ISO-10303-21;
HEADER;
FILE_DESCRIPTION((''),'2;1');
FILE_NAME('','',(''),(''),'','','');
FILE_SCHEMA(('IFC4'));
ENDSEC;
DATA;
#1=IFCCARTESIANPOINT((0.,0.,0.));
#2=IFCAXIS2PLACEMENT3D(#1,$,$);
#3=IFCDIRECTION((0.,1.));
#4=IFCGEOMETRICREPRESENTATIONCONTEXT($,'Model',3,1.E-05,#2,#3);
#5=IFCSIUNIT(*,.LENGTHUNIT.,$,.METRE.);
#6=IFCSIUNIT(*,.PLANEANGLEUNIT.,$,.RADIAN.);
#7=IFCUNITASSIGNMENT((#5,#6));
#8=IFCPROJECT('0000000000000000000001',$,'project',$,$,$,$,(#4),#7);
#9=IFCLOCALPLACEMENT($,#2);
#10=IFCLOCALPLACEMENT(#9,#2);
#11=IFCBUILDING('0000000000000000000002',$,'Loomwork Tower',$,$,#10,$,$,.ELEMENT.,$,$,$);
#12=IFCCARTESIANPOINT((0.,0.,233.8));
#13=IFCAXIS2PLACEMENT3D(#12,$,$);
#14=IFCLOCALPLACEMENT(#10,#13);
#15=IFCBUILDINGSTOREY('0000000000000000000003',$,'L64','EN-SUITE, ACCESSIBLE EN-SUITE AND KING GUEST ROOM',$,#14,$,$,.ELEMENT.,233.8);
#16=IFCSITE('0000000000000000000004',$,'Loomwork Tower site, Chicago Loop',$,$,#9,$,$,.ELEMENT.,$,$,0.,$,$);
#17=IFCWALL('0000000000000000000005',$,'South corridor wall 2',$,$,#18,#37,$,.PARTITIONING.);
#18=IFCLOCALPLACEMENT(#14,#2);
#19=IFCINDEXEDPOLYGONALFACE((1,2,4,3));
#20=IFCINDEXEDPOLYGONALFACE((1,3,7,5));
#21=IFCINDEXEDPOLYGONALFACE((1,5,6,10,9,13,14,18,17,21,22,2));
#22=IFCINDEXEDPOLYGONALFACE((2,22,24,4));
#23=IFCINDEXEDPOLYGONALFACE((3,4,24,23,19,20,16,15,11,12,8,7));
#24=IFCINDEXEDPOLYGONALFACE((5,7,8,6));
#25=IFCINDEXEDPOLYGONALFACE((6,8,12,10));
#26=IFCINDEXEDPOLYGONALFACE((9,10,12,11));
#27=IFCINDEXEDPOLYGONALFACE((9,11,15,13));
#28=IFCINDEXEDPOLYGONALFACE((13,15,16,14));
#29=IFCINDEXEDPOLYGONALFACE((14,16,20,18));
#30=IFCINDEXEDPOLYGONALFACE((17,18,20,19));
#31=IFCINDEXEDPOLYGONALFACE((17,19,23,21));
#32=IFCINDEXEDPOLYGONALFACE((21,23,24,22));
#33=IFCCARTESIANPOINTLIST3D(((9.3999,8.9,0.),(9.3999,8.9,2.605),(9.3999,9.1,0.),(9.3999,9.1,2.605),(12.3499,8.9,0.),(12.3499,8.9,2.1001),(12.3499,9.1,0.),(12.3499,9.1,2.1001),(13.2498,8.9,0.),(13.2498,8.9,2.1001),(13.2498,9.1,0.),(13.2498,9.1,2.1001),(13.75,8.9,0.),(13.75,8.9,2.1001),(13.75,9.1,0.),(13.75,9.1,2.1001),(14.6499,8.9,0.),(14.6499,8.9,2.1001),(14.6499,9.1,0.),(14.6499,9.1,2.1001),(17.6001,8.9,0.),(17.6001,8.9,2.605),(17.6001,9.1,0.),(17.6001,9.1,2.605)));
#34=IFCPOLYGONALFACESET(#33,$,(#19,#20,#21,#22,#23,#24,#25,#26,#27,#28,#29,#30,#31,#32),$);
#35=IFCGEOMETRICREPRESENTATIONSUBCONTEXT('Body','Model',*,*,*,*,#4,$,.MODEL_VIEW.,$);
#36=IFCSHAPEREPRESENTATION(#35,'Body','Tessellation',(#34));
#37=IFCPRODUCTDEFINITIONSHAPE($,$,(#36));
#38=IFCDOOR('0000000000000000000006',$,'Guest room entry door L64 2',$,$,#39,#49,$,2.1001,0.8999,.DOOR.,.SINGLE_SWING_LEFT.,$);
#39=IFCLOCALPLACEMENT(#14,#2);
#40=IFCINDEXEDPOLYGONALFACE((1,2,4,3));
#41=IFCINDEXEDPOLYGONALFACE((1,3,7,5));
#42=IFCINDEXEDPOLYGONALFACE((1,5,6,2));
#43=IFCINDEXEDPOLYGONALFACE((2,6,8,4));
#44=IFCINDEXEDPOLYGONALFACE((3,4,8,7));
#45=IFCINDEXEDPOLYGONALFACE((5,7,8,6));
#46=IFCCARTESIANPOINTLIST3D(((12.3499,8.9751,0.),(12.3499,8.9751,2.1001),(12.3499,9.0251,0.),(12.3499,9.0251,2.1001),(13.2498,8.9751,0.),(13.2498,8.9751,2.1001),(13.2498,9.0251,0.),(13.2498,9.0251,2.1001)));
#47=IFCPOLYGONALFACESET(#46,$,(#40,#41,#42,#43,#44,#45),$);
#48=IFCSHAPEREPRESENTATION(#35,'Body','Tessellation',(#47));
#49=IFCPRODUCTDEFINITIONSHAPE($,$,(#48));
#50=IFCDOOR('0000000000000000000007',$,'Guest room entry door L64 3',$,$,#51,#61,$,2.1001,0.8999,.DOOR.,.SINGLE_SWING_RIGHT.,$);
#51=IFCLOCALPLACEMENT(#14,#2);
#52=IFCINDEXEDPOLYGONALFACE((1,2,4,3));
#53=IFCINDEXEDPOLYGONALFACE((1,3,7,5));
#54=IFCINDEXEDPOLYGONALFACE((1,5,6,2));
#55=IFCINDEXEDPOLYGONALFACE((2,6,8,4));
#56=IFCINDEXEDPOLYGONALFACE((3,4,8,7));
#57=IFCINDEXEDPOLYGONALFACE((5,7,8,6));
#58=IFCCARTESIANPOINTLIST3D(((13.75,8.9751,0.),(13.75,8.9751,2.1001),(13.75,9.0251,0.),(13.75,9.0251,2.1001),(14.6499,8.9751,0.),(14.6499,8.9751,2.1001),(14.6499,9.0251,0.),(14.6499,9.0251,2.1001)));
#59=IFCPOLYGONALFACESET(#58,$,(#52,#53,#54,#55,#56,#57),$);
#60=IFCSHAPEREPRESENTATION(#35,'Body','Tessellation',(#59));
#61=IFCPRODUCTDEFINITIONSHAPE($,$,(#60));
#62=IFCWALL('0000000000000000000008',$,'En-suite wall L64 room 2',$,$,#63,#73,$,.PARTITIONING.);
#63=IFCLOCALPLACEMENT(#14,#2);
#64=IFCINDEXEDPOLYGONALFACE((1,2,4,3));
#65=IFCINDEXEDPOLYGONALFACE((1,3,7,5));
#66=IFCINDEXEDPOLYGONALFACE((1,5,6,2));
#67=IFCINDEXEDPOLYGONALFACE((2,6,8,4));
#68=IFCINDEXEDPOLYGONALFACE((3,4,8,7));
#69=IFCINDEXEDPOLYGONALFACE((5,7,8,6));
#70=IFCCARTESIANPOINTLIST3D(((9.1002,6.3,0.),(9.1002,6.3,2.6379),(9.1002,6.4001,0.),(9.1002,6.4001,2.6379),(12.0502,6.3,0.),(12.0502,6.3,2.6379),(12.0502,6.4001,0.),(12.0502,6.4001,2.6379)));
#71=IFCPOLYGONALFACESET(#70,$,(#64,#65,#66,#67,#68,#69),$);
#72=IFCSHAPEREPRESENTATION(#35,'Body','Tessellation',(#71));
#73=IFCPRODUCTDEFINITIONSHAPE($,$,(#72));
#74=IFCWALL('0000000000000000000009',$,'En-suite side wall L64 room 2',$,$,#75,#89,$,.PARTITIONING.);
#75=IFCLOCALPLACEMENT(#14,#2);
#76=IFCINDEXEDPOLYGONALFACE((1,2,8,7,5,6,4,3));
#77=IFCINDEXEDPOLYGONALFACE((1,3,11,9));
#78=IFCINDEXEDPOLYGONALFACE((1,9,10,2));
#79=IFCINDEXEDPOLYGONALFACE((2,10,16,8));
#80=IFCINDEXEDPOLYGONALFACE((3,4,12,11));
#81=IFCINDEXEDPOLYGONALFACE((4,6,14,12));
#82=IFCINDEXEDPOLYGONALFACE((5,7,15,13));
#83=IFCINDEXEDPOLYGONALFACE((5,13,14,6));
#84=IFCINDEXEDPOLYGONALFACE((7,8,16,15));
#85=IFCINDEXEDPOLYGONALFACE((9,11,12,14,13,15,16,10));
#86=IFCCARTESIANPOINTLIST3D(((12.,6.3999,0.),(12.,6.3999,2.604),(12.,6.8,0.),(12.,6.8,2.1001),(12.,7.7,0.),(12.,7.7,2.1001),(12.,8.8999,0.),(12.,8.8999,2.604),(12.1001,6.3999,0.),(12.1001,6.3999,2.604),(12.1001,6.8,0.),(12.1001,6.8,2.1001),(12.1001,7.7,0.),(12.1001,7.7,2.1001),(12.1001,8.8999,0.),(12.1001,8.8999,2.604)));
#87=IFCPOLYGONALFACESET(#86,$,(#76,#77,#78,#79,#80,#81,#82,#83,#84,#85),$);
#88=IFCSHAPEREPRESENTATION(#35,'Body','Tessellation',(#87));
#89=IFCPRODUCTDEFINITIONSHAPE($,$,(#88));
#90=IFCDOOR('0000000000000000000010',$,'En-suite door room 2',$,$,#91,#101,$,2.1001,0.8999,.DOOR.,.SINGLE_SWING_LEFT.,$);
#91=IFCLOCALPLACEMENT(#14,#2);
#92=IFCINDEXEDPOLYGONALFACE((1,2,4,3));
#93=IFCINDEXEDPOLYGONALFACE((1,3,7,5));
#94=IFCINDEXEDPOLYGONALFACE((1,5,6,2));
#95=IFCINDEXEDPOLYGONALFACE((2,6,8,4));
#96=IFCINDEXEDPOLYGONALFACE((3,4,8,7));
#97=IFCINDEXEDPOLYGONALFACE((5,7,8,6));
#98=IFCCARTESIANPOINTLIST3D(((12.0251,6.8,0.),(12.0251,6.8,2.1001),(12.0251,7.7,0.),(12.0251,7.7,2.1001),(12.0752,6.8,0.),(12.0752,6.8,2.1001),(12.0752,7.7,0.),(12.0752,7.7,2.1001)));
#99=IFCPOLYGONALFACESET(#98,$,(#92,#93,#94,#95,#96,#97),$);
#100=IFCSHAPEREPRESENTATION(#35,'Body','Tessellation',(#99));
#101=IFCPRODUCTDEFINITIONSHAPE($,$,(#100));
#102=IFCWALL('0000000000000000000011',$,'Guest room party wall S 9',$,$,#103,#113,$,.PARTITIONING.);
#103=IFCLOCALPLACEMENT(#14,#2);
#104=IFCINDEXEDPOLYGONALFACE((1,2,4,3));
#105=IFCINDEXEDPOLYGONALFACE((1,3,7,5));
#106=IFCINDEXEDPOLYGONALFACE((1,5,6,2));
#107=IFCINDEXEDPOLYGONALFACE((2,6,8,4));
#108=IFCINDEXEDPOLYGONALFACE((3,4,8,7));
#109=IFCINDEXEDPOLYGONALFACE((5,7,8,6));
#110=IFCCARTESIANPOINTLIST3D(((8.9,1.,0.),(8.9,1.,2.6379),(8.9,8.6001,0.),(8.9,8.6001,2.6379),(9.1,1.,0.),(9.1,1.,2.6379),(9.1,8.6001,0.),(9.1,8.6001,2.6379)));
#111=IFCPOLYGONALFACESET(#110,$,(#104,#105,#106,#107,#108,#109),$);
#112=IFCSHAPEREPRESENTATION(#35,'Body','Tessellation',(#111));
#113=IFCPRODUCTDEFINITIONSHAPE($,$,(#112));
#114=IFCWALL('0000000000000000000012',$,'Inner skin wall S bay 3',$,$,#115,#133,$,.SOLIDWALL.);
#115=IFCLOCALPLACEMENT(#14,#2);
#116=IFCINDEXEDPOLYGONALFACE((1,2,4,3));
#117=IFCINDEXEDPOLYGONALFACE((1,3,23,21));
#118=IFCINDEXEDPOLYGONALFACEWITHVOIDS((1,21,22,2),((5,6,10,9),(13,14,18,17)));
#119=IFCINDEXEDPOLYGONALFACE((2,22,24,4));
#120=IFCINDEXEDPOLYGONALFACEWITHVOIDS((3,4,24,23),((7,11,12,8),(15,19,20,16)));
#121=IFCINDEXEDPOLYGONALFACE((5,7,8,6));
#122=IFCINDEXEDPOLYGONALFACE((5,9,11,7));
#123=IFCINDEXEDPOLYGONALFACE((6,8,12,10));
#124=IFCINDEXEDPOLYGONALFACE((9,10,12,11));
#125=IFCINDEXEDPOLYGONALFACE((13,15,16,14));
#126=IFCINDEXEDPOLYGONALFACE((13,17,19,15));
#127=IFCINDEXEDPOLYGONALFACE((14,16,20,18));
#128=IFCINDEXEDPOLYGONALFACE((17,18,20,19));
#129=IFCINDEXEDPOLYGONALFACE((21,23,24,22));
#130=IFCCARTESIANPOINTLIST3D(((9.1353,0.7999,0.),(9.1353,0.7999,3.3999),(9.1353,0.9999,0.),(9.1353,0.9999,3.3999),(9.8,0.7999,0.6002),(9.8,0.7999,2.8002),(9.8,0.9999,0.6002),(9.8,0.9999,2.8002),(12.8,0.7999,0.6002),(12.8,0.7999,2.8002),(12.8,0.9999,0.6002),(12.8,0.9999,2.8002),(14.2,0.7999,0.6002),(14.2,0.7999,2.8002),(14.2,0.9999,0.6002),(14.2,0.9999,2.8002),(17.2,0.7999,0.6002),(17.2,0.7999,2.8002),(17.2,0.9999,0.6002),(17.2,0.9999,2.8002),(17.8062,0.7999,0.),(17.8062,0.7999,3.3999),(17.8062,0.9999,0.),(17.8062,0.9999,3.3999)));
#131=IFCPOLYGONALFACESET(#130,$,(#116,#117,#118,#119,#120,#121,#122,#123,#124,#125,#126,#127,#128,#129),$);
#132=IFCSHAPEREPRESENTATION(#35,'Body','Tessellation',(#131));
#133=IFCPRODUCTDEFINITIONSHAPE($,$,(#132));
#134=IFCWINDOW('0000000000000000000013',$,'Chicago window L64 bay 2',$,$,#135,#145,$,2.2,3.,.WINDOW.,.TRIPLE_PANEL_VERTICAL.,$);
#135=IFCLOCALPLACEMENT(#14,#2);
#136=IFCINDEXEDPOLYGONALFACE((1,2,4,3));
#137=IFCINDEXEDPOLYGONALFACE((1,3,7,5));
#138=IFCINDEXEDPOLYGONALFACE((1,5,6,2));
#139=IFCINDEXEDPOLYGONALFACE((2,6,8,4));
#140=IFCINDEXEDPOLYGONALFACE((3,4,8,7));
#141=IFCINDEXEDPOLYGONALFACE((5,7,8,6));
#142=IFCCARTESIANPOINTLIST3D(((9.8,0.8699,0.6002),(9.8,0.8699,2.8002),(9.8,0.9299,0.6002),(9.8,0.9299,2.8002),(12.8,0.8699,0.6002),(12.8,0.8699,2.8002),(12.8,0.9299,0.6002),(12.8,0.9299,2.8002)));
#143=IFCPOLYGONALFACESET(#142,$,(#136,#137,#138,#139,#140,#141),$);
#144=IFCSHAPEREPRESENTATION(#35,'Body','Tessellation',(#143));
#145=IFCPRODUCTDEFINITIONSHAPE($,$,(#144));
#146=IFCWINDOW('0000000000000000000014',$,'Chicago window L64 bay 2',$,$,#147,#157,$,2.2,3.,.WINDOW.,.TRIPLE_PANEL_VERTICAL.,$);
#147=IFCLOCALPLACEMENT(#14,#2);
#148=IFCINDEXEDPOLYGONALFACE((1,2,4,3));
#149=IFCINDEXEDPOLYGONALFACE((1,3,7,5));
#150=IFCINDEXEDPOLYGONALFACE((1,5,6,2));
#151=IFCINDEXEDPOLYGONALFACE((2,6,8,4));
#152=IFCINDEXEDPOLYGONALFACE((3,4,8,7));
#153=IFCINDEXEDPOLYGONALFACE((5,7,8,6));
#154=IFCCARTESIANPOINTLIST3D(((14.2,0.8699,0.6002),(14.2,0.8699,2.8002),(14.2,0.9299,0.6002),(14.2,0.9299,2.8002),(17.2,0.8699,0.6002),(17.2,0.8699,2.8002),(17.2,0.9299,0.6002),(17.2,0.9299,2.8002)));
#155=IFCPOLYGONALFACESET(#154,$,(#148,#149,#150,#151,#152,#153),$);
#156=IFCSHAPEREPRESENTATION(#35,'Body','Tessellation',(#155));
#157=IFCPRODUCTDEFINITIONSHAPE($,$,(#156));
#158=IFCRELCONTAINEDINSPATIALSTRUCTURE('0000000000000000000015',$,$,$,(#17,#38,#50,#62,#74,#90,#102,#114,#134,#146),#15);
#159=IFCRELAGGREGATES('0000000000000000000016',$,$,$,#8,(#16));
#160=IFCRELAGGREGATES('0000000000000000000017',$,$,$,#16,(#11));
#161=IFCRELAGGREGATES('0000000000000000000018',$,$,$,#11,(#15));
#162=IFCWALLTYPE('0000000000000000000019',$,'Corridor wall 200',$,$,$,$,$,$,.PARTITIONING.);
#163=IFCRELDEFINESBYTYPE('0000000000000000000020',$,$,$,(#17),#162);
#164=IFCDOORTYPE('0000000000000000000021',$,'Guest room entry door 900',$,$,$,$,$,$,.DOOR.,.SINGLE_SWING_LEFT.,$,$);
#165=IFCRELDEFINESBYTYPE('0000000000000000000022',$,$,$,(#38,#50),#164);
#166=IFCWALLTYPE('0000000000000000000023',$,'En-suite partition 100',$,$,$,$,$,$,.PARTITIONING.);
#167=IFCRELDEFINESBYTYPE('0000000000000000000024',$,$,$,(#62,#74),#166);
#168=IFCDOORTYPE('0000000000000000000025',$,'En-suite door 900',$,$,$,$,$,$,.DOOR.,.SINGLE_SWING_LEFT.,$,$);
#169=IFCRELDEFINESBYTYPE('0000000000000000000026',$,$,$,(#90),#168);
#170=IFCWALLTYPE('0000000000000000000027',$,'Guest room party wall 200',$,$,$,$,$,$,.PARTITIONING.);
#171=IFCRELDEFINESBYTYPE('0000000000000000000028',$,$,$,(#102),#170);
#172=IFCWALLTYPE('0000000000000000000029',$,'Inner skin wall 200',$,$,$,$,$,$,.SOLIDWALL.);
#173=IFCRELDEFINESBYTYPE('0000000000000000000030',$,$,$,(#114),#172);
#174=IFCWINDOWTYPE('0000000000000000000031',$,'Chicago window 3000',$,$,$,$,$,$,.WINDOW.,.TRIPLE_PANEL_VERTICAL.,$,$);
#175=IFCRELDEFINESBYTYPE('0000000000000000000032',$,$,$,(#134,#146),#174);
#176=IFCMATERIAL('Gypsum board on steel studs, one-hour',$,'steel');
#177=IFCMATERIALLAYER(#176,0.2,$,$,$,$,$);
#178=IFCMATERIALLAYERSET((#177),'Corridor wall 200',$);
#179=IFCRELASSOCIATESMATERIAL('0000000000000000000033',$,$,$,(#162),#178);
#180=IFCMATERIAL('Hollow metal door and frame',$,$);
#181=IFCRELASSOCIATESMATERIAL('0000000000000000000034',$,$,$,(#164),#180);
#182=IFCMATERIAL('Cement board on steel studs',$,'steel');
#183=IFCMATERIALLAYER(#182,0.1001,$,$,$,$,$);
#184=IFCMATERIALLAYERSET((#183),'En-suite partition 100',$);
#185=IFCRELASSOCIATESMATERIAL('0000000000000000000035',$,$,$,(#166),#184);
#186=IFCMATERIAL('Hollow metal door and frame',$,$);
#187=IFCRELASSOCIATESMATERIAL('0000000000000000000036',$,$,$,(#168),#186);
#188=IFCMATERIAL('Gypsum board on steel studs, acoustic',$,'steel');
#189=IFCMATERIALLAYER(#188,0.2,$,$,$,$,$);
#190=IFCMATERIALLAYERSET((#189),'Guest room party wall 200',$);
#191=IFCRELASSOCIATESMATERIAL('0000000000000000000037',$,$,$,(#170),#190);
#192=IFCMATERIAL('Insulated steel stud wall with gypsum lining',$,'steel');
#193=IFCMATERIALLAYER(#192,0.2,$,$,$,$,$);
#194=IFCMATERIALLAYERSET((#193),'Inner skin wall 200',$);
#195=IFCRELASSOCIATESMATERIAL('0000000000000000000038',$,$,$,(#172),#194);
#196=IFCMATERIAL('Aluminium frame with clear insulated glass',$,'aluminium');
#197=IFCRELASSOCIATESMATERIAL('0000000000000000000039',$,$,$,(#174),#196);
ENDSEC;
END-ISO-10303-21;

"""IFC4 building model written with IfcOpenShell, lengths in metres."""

from ifc_helpers import new_model, si_unit, direction, frame, frame_2d, origin, place, context, subcontext, project, spatial, rectangle, extrude, material, layer, layer_set, type_object, element, fill, save


model = new_model("IFC4")

# Units and contexts
model_context = context("Model", 3, precision=1e-05, world=origin(), true_north=direction((0.0, 1.0)))
body_context = subcontext(model_context, "Body", "Model", "MODEL_VIEW")
ifc_project = project(units=[si_unit("LENGTHUNIT", "METRE"), si_unit("PLANEANGLEUNIT", "RADIAN")], contexts=[model_context])

# Site, building, storey
site_placement = place(None, origin())
site = spatial("IfcSite", under=ifc_project, at=site_placement, Name="Loomwork Tower site, Chicago Loop", CompositionType="ELEMENT", RefElevation=0.0)
building_placement = place(site_placement, origin())
building = spatial("IfcBuilding", under=site, at=building_placement, Name="Loomwork Tower", CompositionType="ELEMENT")
storey_placement = place(building_placement, frame((0.0, 0.0, 233.8)))
storey = spatial("IfcBuildingStorey", under=building, at=storey_placement, Name="L64", Description="EN-SUITE, ACCESSIBLE EN-SUITE AND KING GUEST ROOM", CompositionType="ELEMENT", Elevation=233.8)

# Wall, openings, doors
ifc_material_1 = material(Name="Gypsum board on steel studs, one-hour", Category="steel")
ifc_layer_1 = layer(ifc_material_1, 0.2)
ifc_layer_set_1 = layer_set([ifc_layer_1], Name="Corridor wall 200")
wall_type_1 = type_object("IfcWallType", Name="Corridor wall 200", PredefinedType="PARTITIONING", material=ifc_layer_set_1)
wall_1_placement = place(storey_placement, frame((9.3999, 9.0, 0.0), z_axis=(0.0, 0.0, 1.0), x_axis=(1.0, 0.0, 0.0)))
wall_1 = element("IfcWall", 1, at=wall_1_placement, inside=storey, type_object=wall_type_1, Name="South corridor wall 2", PredefinedType="PARTITIONING", context=body_context, shape_type="SweptSolid", body=[
    extrude(rectangle(XDim=8.2002, YDim=0.2, at=frame_2d((4.1001, 0.0))), origin(), (0.0, 0.0, 1.0), 2.605),
])
opening_1_placement = place(wall_1_placement, frame((2.95, 0.0, 0.0)))
opening_1 = element("IfcOpeningElement", 2, at=opening_1_placement, cuts=wall_1, PredefinedType="OPENING", context=body_context, shape_type="SweptSolid", body=[
    extrude(rectangle(XDim=0.8999, YDim=2.1001, at=frame_2d((0.45, 1.05))), frame((0.0, 0.1099, 0.0), z_axis=(0.0, -1.0, 0.0), x_axis=(1.0, 0.0, 0.0)), (0.0, 0.0, 1.0), 0.22),
])
opening_2_placement = place(wall_1_placement, frame((4.3501, 0.0, 0.0)))
opening_2 = element("IfcOpeningElement", 3, at=opening_2_placement, cuts=wall_1, PredefinedType="OPENING", context=body_context, shape_type="SweptSolid", body=[
    extrude(rectangle(XDim=0.8999, YDim=2.1001, at=frame_2d((0.45, 1.05))), frame((0.0, 0.1099, 0.0), z_axis=(0.0, -1.0, 0.0), x_axis=(1.0, 0.0, 0.0)), (0.0, 0.0, 1.0), 0.22),
])
ifc_material_2 = material(Name="Hollow metal door and frame")
door_type_1 = type_object("IfcDoorType", Name="Guest room entry door 900", OperationType="SINGLE_SWING_LEFT", PredefinedType="DOOR", material=ifc_material_2)
door_1_placement = place(opening_1_placement, frame((0.8999, 0.0, 0.0), z_axis=(0.0, 0.0, 1.0), x_axis=(-1.0, 0.0, 0.0)))
door_1 = element("IfcDoor", 4, at=door_1_placement, inside=storey, type_object=door_type_1, Name="Guest room entry door L64 2", OperationType="SINGLE_SWING_LEFT", OverallHeight=2.1001, OverallWidth=0.8999, PredefinedType="DOOR", context=body_context, shape_type="SweptSolid", body=[
    extrude(rectangle(XDim=0.8999, YDim=2.1001, at=frame_2d((0.45, 1.05))), frame((0.0, 0.0249, 0.0), z_axis=(0.0, -1.0, 0.0), x_axis=(1.0, 0.0, 0.0)), (0.0, 0.0, 1.0), 0.05),
])
fill(opening_1, door_1)
door_2_placement = place(opening_2_placement, frame((0.8999, 0.0, 0.0), z_axis=(0.0, 0.0, 1.0), x_axis=(-1.0, 0.0, 0.0)))
door_2 = element("IfcDoor", 5, at=door_2_placement, inside=storey, type_object=door_type_1, Name="Guest room entry door L64 3", OperationType="SINGLE_SWING_RIGHT", OverallHeight=2.1001, OverallWidth=0.8999, PredefinedType="DOOR", context=body_context, shape_type="SweptSolid", body=[
    extrude(rectangle(XDim=0.8999, YDim=2.1001, at=frame_2d((0.45, 1.05))), frame((0.0, 0.0249, 0.0), z_axis=(0.0, -1.0, 0.0), x_axis=(1.0, 0.0, 0.0)), (0.0, 0.0, 1.0), 0.05),
])
fill(opening_2, door_2)

# Wall
ifc_material_3 = material(Name="Cement board on steel studs", Category="steel")
ifc_layer_2 = layer(ifc_material_3, 0.1001)
ifc_layer_set_2 = layer_set([ifc_layer_2], Name="En-suite partition 100")
wall_type_2 = type_object("IfcWallType", Name="En-suite partition 100", PredefinedType="PARTITIONING", material=ifc_layer_set_2)
wall_2_placement = place(storey_placement, frame((9.1001, 6.3501, 0.0), z_axis=(0.0, 0.0, 1.0), x_axis=(1.0, 0.0, 0.0)))
element("IfcWall", 6, at=wall_2_placement, inside=storey, type_object=wall_type_2, Name="En-suite wall L64 room 2", PredefinedType="PARTITIONING", context=body_context, shape_type="SweptSolid", body=[
    extrude(rectangle(XDim=2.95, YDim=0.1001, at=frame_2d((1.4751, 0.0))), origin(), (0.0, 0.0, 1.0), 2.6379),
])

# Wall, opening, door
wall_3_placement = place(storey_placement, frame((12.05, 8.8999, 0.0), z_axis=(0.0, 0.0, 1.0), x_axis=(0.0, -1.0, 0.0)))
wall_3 = element("IfcWall", 7, at=wall_3_placement, inside=storey, type_object=wall_type_2, Name="En-suite side wall L64 room 2", PredefinedType="PARTITIONING", context=body_context, shape_type="SweptSolid", body=[
    extrude(rectangle(XDim=2.5, YDim=0.1001, at=frame_2d((1.25, 0.0))), origin(), (0.0, 0.0, 1.0), 2.604),
])
opening_3_placement = place(wall_3_placement, frame((1.2, 0.0, 0.0)))
opening_3 = element("IfcOpeningElement", 8, at=opening_3_placement, cuts=wall_3, PredefinedType="OPENING", context=body_context, shape_type="SweptSolid", body=[
    extrude(rectangle(XDim=0.8999, YDim=2.1001, at=frame_2d((0.45, 1.05))), frame((0.0, 0.0601, 0.0), z_axis=(0.0, -1.0, 0.0), x_axis=(1.0, 0.0, 0.0)), (0.0, 0.0, 1.0), 0.1201),
])
ifc_material_4 = material(Name="Hollow metal door and frame")
door_type_2 = type_object("IfcDoorType", Name="En-suite door 900", OperationType="SINGLE_SWING_LEFT", PredefinedType="DOOR", material=ifc_material_4)
door_3_placement = place(opening_3_placement, frame((0.8999, 0.0, 0.0), z_axis=(0.0, 0.0, 1.0), x_axis=(-1.0, 0.0, 0.0)))
door_3 = element("IfcDoor", 9, at=door_3_placement, inside=storey, type_object=door_type_2, Name="En-suite door room 2", OperationType="SINGLE_SWING_LEFT", OverallHeight=2.1001, OverallWidth=0.8999, PredefinedType="DOOR", context=body_context, shape_type="SweptSolid", body=[
    extrude(rectangle(XDim=0.8999, YDim=2.1001, at=frame_2d((0.45, 1.05))), frame((0.0, 0.0249, 0.0), z_axis=(0.0, -1.0, 0.0), x_axis=(1.0, 0.0, 0.0)), (0.0, 0.0, 1.0), 0.05),
])
fill(opening_3, door_3)

# Wall
ifc_material_5 = material(Name="Gypsum board on steel studs, acoustic", Category="steel")
ifc_layer_3 = layer(ifc_material_5, 0.2)
ifc_layer_set_3 = layer_set([ifc_layer_3], Name="Guest room party wall 200")
wall_type_3 = type_object("IfcWallType", Name="Guest room party wall 200", PredefinedType="PARTITIONING", material=ifc_layer_set_3)
wall_4_placement = place(storey_placement, frame((9.0, 8.6001, 0.0), z_axis=(0.0, 0.0, 1.0), x_axis=(0.0, -1.0, 0.0)))
element("IfcWall", 10, at=wall_4_placement, inside=storey, type_object=wall_type_3, Name="Guest room party wall S 9", PredefinedType="PARTITIONING", context=body_context, shape_type="SweptSolid", body=[
    extrude(rectangle(XDim=7.6001, YDim=0.2, at=frame_2d((3.8, 0.0))), origin(), (0.0, 0.0, 1.0), 2.6379),
])

# Wall, openings, windows
ifc_material_6 = material(Name="Insulated steel stud wall with gypsum lining", Category="steel")
ifc_layer_4 = layer(ifc_material_6, 0.2)
ifc_layer_set_4 = layer_set([ifc_layer_4], Name="Inner skin wall 200")
wall_type_4 = type_object("IfcWallType", Name="Inner skin wall 200", PredefinedType="SOLIDWALL", material=ifc_layer_set_4)
wall_5_placement = place(storey_placement, frame((9.1353, 0.8999, 0.0), z_axis=(0.0, 0.0, 1.0), x_axis=(1.0, 0.0, 0.0)))
wall_5 = element("IfcWall", 11, at=wall_5_placement, inside=storey, type_object=wall_type_4, Name="Inner skin wall S bay 3", PredefinedType="SOLIDWALL", context=body_context, shape_type="SweptSolid", body=[
    extrude(rectangle(XDim=8.6709, YDim=0.2, at=frame_2d((4.3354, 0.0))), origin(), (0.0, 0.0, 1.0), 3.3999),
])
opening_4_placement = place(wall_5_placement, frame((0.6648, 0.0, 0.6001)))
opening_4 = element("IfcOpeningElement", 12, at=opening_4_placement, cuts=wall_5, PredefinedType="OPENING", context=body_context, shape_type="SweptSolid", body=[
    extrude(rectangle(XDim=3.0, YDim=2.2, at=frame_2d((1.5, 1.1001))), frame((0.0, 0.1099, 0.0), z_axis=(0.0, -1.0, 0.0), x_axis=(1.0, 0.0, 0.0)), (0.0, 0.0, 1.0), 0.22),
])
opening_5_placement = place(wall_5_placement, frame((5.0647, 0.0, 0.6001)))
opening_5 = element("IfcOpeningElement", 13, at=opening_5_placement, cuts=wall_5, PredefinedType="OPENING", context=body_context, shape_type="SweptSolid", body=[
    extrude(rectangle(XDim=3.0, YDim=2.2, at=frame_2d((1.5, 1.1001))), frame((0.0, 0.1099, 0.0), z_axis=(0.0, -1.0, 0.0), x_axis=(1.0, 0.0, 0.0)), (0.0, 0.0, 1.0), 0.22),
])
ifc_material_7 = material(Name="Aluminium frame with clear insulated glass", Category="aluminium")
window_type = type_object("IfcWindowType", Name="Chicago window 3000", PartitioningType="TRIPLE_PANEL_VERTICAL", PredefinedType="WINDOW", material=ifc_material_7)
window_1_placement = place(opening_4_placement, origin())
window_1 = element("IfcWindow", 14, at=window_1_placement, inside=storey, type_object=window_type, Name="Chicago window L64 bay 2", OverallHeight=2.2, OverallWidth=3.0, PartitioningType="TRIPLE_PANEL_VERTICAL", PredefinedType="WINDOW", context=body_context, shape_type="SweptSolid", body=[
    extrude(rectangle(XDim=3.0, YDim=2.2, at=frame_2d((1.5, 1.1001))), frame((0.0, 0.03, 0.0), z_axis=(0.0, -1.0, 0.0), x_axis=(1.0, 0.0, 0.0)), (0.0, 0.0, 1.0), 0.0601),
])
fill(opening_4, window_1)
window_2_placement = place(opening_5_placement, origin())
window_2 = element("IfcWindow", 15, at=window_2_placement, inside=storey, type_object=window_type, Name="Chicago window L64 bay 2", OverallHeight=2.2, OverallWidth=3.0, PartitioningType="TRIPLE_PANEL_VERTICAL", PredefinedType="WINDOW", context=body_context, shape_type="SweptSolid", body=[
    extrude(rectangle(XDim=3.0, YDim=2.2, at=frame_2d((1.5, 1.1001))), frame((0.0, 0.03, 0.0), z_axis=(0.0, -1.0, 0.0), x_axis=(1.0, 0.0, 0.0)), (0.0, 0.0, 1.0), 0.0601),
])
fill(opening_5, window_2)

save(model, "model.ifc")
